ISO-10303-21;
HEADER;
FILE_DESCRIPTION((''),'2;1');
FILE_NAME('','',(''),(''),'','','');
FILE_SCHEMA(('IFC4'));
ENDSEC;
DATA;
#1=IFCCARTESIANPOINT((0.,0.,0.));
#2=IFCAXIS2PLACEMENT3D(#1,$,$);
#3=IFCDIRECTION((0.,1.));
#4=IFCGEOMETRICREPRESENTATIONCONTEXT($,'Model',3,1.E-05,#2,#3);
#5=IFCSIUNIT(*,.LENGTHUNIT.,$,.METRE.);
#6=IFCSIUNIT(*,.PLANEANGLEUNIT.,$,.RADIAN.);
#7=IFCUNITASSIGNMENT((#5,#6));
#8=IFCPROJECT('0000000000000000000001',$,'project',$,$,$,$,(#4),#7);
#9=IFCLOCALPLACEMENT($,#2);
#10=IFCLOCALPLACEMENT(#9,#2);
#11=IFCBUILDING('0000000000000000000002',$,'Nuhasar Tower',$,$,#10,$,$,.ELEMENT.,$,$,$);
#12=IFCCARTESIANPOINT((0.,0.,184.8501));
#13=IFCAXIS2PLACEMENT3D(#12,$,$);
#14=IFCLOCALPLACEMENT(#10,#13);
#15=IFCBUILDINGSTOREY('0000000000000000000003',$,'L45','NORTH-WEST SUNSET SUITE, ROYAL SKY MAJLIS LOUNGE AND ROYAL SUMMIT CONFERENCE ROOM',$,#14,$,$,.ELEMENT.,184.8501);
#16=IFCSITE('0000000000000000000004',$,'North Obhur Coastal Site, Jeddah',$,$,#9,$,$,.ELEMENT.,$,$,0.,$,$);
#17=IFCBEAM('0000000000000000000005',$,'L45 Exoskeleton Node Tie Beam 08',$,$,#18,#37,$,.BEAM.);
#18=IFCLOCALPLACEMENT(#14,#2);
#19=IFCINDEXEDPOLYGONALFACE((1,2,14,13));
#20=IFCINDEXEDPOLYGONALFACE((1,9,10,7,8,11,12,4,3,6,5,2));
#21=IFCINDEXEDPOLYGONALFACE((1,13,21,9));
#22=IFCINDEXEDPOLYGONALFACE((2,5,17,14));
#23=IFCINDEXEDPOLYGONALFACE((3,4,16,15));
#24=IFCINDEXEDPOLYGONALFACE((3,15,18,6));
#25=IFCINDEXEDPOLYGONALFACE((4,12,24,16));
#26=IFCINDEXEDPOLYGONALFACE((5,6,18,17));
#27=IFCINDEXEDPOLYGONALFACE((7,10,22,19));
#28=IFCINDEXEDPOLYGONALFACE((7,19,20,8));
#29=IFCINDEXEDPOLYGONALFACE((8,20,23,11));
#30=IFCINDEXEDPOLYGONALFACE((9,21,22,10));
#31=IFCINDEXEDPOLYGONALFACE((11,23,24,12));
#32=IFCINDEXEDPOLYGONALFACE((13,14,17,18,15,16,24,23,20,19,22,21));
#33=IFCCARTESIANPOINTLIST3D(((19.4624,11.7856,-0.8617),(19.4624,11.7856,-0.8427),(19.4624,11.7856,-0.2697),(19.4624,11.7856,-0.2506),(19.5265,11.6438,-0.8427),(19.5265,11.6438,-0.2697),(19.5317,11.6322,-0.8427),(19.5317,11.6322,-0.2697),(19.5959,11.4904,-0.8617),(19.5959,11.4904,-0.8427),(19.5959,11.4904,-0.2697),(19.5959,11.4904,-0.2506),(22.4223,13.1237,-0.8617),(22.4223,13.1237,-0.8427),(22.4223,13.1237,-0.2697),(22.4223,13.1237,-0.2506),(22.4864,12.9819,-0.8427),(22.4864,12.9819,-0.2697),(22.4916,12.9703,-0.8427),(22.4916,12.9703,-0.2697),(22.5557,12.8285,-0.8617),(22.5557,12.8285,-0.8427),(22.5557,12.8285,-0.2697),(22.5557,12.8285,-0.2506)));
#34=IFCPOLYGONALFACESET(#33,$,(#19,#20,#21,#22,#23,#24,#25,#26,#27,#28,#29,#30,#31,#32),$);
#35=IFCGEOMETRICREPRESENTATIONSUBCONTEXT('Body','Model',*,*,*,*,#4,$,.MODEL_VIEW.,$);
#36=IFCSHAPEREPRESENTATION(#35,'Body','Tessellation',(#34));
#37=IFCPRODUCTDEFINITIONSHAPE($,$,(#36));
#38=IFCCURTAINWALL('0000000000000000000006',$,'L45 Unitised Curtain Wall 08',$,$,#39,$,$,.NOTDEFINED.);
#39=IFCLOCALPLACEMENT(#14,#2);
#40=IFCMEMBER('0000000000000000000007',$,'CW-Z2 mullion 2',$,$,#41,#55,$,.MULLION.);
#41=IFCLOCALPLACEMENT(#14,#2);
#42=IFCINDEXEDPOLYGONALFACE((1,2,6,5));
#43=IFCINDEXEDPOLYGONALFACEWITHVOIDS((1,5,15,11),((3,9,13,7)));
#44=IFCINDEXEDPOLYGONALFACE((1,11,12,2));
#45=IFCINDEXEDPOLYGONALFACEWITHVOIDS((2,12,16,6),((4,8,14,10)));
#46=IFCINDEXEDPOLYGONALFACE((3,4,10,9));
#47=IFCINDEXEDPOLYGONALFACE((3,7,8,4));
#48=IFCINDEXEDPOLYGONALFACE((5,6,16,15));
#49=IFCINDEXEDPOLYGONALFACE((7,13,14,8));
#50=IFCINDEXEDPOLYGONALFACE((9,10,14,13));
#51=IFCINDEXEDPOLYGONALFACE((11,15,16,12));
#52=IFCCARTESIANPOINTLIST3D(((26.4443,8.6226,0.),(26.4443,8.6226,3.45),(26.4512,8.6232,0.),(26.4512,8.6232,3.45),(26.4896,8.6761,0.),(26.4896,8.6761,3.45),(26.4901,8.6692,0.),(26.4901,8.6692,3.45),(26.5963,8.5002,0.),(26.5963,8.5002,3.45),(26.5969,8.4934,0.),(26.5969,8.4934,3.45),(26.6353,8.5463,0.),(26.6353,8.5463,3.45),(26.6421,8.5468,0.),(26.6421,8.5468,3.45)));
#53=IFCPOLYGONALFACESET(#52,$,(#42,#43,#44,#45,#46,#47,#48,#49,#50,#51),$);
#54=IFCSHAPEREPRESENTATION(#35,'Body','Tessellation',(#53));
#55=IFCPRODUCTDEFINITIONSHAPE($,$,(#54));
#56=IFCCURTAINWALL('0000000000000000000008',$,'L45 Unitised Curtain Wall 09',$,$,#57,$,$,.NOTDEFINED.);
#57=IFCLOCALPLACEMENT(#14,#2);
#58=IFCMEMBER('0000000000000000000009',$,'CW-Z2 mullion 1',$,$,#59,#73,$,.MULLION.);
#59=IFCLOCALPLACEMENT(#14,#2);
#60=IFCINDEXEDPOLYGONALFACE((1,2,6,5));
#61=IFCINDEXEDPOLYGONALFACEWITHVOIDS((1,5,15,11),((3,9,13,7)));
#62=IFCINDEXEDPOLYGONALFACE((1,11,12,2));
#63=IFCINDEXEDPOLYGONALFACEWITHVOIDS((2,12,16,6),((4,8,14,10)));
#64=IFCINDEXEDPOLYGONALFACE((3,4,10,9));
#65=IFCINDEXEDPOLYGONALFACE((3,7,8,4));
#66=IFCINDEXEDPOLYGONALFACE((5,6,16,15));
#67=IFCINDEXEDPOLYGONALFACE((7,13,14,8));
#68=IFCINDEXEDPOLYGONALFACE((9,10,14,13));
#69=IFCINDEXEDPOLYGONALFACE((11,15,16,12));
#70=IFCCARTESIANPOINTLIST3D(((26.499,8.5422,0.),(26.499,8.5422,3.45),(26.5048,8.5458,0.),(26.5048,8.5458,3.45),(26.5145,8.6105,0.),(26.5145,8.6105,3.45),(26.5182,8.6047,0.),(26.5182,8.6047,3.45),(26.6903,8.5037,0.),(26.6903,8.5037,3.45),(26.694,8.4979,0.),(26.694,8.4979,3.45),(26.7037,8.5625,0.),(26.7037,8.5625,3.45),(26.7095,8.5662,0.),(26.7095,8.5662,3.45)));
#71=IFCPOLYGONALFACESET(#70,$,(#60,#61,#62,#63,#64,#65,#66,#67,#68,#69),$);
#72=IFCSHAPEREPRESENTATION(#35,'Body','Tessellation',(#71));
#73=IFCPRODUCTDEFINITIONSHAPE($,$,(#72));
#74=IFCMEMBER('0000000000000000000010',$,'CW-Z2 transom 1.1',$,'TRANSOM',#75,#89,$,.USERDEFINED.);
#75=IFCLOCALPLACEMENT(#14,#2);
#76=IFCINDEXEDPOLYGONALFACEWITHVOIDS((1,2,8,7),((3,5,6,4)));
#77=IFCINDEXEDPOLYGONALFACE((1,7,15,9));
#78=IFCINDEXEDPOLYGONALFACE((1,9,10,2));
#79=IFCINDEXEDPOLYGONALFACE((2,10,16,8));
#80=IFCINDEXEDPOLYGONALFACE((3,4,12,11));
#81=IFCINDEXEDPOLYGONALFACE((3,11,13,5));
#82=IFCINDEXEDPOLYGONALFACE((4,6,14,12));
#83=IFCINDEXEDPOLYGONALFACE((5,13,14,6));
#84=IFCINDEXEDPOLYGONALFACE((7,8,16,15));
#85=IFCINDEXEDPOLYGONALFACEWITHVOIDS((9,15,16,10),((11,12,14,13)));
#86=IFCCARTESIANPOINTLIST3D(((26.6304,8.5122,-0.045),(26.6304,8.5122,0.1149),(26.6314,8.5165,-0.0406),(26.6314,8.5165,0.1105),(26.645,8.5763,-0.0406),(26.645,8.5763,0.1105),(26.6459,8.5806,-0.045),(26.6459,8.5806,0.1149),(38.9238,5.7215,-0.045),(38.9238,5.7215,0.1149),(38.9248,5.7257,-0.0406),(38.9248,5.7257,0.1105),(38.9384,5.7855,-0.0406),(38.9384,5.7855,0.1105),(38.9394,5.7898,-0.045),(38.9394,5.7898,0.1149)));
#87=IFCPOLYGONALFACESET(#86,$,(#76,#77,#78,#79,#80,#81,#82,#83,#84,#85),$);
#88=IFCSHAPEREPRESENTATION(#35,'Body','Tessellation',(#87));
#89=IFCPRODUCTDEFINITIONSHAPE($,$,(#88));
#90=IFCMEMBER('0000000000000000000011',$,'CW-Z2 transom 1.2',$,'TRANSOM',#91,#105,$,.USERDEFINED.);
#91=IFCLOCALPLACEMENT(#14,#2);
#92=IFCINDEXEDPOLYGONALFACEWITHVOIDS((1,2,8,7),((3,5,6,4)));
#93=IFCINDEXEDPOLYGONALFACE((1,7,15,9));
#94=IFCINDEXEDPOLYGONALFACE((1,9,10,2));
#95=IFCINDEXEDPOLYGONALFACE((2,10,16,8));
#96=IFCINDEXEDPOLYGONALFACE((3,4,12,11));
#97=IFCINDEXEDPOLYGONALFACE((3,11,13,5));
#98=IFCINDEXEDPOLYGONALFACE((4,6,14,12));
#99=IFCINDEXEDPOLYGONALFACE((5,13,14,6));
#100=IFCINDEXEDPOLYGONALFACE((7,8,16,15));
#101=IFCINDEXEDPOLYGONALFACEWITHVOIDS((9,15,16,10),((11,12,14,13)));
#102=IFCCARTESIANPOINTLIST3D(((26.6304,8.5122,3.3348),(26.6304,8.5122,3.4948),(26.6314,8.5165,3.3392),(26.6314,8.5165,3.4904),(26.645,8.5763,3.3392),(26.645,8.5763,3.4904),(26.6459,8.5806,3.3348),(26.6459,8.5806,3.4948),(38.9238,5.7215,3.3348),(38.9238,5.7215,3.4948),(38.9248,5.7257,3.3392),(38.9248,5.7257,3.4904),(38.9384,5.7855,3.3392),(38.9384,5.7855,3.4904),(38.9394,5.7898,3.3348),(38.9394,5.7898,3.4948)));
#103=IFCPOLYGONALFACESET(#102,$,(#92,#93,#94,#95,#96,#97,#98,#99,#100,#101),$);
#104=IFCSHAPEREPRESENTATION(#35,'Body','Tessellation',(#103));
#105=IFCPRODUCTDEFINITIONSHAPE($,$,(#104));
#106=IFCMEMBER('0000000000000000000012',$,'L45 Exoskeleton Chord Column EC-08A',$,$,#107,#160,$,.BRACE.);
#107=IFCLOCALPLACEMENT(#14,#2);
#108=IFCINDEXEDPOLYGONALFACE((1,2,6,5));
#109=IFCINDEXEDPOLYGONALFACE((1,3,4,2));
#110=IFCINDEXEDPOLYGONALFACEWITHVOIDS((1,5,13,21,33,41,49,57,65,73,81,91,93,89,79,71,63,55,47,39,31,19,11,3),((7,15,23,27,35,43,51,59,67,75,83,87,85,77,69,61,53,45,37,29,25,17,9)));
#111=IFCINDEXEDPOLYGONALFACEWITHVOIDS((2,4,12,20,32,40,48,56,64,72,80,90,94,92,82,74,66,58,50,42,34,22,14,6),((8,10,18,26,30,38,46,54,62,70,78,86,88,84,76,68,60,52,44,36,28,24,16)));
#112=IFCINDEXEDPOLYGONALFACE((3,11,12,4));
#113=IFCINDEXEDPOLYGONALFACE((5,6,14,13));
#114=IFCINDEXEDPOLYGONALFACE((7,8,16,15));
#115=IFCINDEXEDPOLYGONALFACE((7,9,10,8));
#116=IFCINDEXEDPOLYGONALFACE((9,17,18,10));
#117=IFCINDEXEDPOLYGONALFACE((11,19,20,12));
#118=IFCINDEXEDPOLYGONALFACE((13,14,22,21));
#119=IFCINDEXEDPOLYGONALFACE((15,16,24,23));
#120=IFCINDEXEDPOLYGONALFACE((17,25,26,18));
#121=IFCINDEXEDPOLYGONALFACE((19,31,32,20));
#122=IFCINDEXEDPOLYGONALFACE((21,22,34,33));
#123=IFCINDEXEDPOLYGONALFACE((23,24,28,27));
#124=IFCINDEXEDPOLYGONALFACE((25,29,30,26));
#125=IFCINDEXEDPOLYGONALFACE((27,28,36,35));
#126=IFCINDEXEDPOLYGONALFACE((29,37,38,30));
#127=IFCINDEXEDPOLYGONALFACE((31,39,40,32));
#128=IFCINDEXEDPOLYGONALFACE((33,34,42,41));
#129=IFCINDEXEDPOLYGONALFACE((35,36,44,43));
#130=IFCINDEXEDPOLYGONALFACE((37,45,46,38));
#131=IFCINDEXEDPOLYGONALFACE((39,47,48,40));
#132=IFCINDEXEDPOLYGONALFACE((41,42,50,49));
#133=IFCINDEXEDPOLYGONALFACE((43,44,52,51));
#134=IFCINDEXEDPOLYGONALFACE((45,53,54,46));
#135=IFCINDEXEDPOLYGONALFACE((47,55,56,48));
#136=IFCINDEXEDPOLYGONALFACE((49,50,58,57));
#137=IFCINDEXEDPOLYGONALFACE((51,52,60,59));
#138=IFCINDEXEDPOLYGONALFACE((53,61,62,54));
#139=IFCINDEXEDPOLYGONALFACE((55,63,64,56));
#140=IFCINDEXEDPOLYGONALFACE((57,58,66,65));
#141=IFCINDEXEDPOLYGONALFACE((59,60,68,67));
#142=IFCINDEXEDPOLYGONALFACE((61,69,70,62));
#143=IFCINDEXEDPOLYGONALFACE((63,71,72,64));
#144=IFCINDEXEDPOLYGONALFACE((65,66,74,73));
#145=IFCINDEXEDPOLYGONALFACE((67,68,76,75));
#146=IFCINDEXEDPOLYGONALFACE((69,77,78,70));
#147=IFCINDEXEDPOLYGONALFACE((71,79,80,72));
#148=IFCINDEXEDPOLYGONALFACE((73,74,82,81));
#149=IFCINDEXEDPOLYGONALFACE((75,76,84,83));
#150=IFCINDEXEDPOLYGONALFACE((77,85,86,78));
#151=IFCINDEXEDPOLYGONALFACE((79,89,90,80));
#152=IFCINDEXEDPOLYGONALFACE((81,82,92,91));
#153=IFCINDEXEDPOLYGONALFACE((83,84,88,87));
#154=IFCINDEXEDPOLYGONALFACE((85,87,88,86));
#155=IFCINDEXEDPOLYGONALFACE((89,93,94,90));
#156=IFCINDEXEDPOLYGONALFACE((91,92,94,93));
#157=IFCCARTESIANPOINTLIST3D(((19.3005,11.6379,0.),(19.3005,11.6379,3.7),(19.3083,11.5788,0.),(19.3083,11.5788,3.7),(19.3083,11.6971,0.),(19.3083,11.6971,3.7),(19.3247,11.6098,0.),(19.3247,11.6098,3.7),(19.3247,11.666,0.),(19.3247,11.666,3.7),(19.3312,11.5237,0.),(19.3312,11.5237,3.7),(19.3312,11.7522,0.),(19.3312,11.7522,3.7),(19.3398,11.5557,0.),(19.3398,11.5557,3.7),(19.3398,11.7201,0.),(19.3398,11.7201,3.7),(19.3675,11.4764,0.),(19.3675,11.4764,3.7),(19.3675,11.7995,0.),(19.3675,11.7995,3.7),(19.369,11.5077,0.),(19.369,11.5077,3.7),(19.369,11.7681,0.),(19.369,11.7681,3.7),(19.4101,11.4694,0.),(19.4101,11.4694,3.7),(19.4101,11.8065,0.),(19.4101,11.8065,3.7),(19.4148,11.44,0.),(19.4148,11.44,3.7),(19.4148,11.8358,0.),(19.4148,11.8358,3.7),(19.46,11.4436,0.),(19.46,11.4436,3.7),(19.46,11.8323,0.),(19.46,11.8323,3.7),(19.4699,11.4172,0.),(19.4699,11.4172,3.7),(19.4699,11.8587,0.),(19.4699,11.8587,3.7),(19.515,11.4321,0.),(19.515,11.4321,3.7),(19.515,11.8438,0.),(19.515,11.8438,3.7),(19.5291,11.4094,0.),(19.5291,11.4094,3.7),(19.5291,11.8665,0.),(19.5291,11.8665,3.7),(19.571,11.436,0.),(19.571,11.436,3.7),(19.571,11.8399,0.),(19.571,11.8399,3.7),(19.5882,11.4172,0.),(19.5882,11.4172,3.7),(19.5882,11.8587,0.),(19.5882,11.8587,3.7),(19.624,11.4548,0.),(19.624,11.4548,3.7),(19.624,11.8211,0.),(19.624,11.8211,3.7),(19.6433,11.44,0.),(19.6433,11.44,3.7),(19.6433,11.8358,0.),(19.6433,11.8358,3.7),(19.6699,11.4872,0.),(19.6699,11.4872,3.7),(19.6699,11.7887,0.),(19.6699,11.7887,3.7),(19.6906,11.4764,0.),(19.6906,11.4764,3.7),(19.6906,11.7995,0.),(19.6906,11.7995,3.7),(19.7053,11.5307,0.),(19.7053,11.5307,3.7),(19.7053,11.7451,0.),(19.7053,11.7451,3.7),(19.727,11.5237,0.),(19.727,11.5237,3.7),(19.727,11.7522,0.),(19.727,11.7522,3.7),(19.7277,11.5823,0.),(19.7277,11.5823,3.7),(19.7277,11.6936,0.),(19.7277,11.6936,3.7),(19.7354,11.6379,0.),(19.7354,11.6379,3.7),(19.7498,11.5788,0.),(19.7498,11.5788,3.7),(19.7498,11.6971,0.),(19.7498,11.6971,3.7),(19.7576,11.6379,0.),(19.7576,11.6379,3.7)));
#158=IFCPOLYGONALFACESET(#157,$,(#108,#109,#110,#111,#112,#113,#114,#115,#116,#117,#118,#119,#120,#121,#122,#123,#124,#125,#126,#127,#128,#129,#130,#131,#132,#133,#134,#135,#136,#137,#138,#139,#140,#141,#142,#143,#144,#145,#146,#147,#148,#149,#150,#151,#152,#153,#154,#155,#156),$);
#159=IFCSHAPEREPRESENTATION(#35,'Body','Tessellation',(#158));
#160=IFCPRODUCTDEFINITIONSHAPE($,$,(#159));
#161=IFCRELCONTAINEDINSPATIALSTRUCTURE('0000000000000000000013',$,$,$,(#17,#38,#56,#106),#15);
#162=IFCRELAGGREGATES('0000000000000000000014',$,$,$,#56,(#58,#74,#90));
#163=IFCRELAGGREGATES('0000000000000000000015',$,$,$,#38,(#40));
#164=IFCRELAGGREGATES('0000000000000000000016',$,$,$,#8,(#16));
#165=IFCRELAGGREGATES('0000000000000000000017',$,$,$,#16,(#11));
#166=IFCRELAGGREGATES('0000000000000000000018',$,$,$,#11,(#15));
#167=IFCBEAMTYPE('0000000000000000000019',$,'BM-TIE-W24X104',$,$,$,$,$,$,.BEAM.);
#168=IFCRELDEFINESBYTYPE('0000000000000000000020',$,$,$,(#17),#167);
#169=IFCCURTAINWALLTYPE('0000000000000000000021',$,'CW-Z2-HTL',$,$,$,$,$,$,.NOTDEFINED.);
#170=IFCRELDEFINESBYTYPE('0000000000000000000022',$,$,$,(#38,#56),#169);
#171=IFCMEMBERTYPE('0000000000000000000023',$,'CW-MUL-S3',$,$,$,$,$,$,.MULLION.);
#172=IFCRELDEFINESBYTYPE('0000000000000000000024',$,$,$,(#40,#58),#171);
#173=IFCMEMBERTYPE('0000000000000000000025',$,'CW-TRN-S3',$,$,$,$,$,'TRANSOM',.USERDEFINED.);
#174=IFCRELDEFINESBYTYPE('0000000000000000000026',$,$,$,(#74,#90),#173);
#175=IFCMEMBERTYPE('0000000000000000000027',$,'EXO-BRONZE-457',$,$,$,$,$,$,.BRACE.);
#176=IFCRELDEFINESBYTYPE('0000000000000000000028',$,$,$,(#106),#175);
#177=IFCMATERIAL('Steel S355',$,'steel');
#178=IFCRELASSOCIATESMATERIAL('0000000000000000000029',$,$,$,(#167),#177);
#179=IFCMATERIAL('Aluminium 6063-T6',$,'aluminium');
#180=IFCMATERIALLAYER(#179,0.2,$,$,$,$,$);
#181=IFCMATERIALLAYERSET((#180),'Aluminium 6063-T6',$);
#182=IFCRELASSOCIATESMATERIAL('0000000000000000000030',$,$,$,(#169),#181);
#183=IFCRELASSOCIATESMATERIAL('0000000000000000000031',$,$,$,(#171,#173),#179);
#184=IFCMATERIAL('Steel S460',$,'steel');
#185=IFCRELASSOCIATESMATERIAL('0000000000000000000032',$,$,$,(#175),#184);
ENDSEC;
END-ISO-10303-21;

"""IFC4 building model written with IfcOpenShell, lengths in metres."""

from ifc_helpers import new_model, si_unit, direction, frame, origin, origin_2d, place, context, subcontext, project, spatial, hollow_rectangle, hollow_circle, i_section, extrude, material, layer, layer_set, material_profile, profile_set, type_object, element, aggregate, save


model = new_model("IFC4")

# Units and contexts
model_context = context("Model", 3, precision=1e-05, world=origin(), true_north=direction((0.0, 1.0)))
body_context = subcontext(model_context, "Body", "Model", "MODEL_VIEW")
ifc_project = project(units=[si_unit("LENGTHUNIT", "METRE"), si_unit("PLANEANGLEUNIT", "RADIAN")], contexts=[model_context])

# Site, building, storey
site_placement = place(None, origin())
site = spatial("IfcSite", under=ifc_project, at=site_placement, Name="North Obhur Coastal Site, Jeddah", CompositionType="ELEMENT", RefElevation=0.0)
building_placement = place(site_placement, origin())
building = spatial("IfcBuilding", under=site, at=building_placement, Name="Nuhasar Tower", CompositionType="ELEMENT")
storey_placement = place(building_placement, frame((0.0, 0.0, 184.8501)))
storey = spatial("IfcBuildingStorey", under=building, at=storey_placement, Name="L45", Description="NORTH-WEST SUNSET SUITE, ROYAL SKY MAJLIS LOUNGE AND ROYAL SUMMIT CONFERENCE ROOM", CompositionType="ELEMENT", Elevation=184.8501)

# Beam
ifc_material_1 = material(Name="Steel S355", Category="steel")
ifc_material_profile_1 = material_profile(ifc_material_1, i_section(OverallWidth=0.324, OverallDepth=0.6111, WebThickness=0.0127, FlangeThickness=0.019, at=origin_2d()), Name="W24X104")
ifc_profile_set_1 = profile_set([ifc_material_profile_1], Name="Steel S355")
beam_type_1 = type_object("IfcBeamType", Name="BM-TIE-W24X104", PredefinedType="BEAM", material=ifc_profile_set_1)
beam_1_placement = place(storey_placement, frame((22.489, 12.9761, -0.5562), z_axis=(-0.911211, -0.411939, 0.0), x_axis=(0.411939, -0.911211, 0.0)))
element("IfcBeam", 1, at=beam_1_placement, inside=storey, type_object=beam_type_1, Name="L45 Exoskeleton Node Tie Beam 08", PredefinedType="BEAM", context=body_context, shape_type="SweptSolid", body=[
    extrude(i_section(OverallWidth=0.324, OverallDepth=0.6111, WebThickness=0.0127, FlangeThickness=0.019, at=origin_2d()), origin(), (0.0, 0.0, 1.0), 3.2483),
])

# Curtain wall, member
ifc_material_2 = material(Name="Aluminium 6063-T6", Category="aluminium")
ifc_layer_1 = layer(ifc_material_2, 0.2)
ifc_layer_set_1 = layer_set([ifc_layer_1], Name="Aluminium 6063-T6")
curtain_wall_type = type_object("IfcCurtainWallType", Name="CW-Z2-HTL", PredefinedType="NOTDEFINED", material=ifc_layer_set_1)
curtain_wall_1_placement = place(storey_placement, origin())
curtain_wall_1 = element("IfcCurtainWall", 2, at=curtain_wall_1_placement, inside=storey, type_object=curtain_wall_type, Name="L45 Unitised Curtain Wall 08", PredefinedType="NOTDEFINED")
ifc_material_profile_2 = material_profile(ifc_material_2, hollow_rectangle(XDim=0.0701, YDim=0.2, WallThickness=0.0049, at=origin_2d()), Name="CWM-3")
ifc_profile_set_2 = profile_set([ifc_material_profile_2], Name="Aluminium 6063-T6")
member_type_1 = type_object("IfcMemberType", Name="CW-MUL-S3", PredefinedType="MULLION", material=ifc_profile_set_2)
member_1_placement = place(storey_placement, frame((26.5432, 8.5847, 0.0), z_axis=(0.0, 0.0, 1.0), x_axis=(0.646374, 0.76302, 0.0)))
member_1 = element("IfcMember", 3, at=member_1_placement, type_object=member_type_1, Name="CW-Z2 mullion 2", PredefinedType="MULLION", context=body_context, shape_type="SweptSolid", body=[
    extrude(hollow_rectangle(XDim=0.0701, YDim=0.2, WallThickness=0.0049, at=origin_2d()), origin(), (0.0, 0.0, 1.0), 3.45),
])

# Curtain wall, members
curtain_wall_2_placement = place(storey_placement, origin())
curtain_wall_2 = element("IfcCurtainWall", 4, at=curtain_wall_2_placement, inside=storey, type_object=curtain_wall_type, Name="L45 Unitised Curtain Wall 09", PredefinedType="NOTDEFINED")
member_2_placement = place(storey_placement, frame((26.6042, 8.5542, 0.0), z_axis=(0.0, 0.0, 1.0), x_axis=(0.221397, 0.975184, 0.0)))
member_2 = element("IfcMember", 5, at=member_2_placement, type_object=member_type_1, Name="CW-Z2 mullion 1", PredefinedType="MULLION", context=body_context, shape_type="SweptSolid", body=[
    extrude(hollow_rectangle(XDim=0.0701, YDim=0.2, WallThickness=0.0049, at=origin_2d()), origin(), (0.0, 0.0, 1.0), 3.45),
])
ifc_material_profile_3 = material_profile(ifc_material_2, hollow_rectangle(XDim=0.0701, YDim=0.1599, WallThickness=0.0044, at=origin_2d()), Name="CWT-3")
ifc_profile_set_3 = profile_set([ifc_material_profile_3], Name="Aluminium 6063-T6")
member_type_2 = type_object("IfcMemberType", Name="CW-TRN-S3", ElementType="TRANSOM", PredefinedType="USERDEFINED", material=ifc_profile_set_3)
member_3_placement = place(storey_placement, frame((26.6382, 8.5464, 0.0349), z_axis=(0.975188, -0.22138, 0.0), x_axis=(0.22138, 0.975188, 0.0)))
member_3 = element("IfcMember", 6, at=member_3_placement, type_object=member_type_2, Name="CW-Z2 transom 1.1", ObjectType="TRANSOM", PredefinedType="USERDEFINED", context=body_context, shape_type="SweptSolid", body=[
    extrude(hollow_rectangle(XDim=0.0701, YDim=0.1599, WallThickness=0.0044, at=origin_2d()), origin(), (0.0, 0.0, 1.0), 12.6062),
])
member_4_placement = place(storey_placement, frame((26.6382, 8.5464, 3.4148), z_axis=(0.975188, -0.22138, 0.0), x_axis=(0.22138, 0.975188, 0.0)))
member_4 = element("IfcMember", 7, at=member_4_placement, type_object=member_type_2, Name="CW-Z2 transom 1.2", ObjectType="TRANSOM", PredefinedType="USERDEFINED", context=body_context, shape_type="SweptSolid", body=[
    extrude(hollow_rectangle(XDim=0.0701, YDim=0.1599, WallThickness=0.0044, at=origin_2d()), origin(), (0.0, 0.0, 1.0), 12.6062),
])
aggregate(curtain_wall_2, [member_2, member_3, member_4])

# Member
ifc_material_3 = material(Name="Steel S460", Category="steel")
ifc_material_profile_4 = material_profile(ifc_material_3, hollow_circle(Radius=0.2285, WallThickness=0.0222, at=origin_2d()), Name="HSS457X22.2")
ifc_profile_set_4 = profile_set([ifc_material_profile_4], Name="Steel S460")
member_type_3 = type_object("IfcMemberType", Name="EXO-BRONZE-457", PredefinedType="BRACE", material=ifc_profile_set_4)
for number, where, z_axis, x_axis, name in (
    (8, (19.5291, 11.6379, 0.0), (0.0, 0.0, 1.0), (1.0, 0.0, 0.0), "L45 Exoskeleton Chord Column EC-08A"),
):
    element("IfcMember", number, at=place(storey_placement, frame(where, z_axis=z_axis, x_axis=x_axis)), inside=storey, type_object=member_type_3, Name=name, PredefinedType="BRACE", context=body_context, shape_type="SweptSolid", body=[
        extrude(hollow_circle(Radius=0.2285, WallThickness=0.0222, at=origin_2d()), origin(), (0.0, 0.0, 1.0), 3.7),
    ])

aggregate(curtain_wall_1, [member_1])

save(model, "model.ifc")
